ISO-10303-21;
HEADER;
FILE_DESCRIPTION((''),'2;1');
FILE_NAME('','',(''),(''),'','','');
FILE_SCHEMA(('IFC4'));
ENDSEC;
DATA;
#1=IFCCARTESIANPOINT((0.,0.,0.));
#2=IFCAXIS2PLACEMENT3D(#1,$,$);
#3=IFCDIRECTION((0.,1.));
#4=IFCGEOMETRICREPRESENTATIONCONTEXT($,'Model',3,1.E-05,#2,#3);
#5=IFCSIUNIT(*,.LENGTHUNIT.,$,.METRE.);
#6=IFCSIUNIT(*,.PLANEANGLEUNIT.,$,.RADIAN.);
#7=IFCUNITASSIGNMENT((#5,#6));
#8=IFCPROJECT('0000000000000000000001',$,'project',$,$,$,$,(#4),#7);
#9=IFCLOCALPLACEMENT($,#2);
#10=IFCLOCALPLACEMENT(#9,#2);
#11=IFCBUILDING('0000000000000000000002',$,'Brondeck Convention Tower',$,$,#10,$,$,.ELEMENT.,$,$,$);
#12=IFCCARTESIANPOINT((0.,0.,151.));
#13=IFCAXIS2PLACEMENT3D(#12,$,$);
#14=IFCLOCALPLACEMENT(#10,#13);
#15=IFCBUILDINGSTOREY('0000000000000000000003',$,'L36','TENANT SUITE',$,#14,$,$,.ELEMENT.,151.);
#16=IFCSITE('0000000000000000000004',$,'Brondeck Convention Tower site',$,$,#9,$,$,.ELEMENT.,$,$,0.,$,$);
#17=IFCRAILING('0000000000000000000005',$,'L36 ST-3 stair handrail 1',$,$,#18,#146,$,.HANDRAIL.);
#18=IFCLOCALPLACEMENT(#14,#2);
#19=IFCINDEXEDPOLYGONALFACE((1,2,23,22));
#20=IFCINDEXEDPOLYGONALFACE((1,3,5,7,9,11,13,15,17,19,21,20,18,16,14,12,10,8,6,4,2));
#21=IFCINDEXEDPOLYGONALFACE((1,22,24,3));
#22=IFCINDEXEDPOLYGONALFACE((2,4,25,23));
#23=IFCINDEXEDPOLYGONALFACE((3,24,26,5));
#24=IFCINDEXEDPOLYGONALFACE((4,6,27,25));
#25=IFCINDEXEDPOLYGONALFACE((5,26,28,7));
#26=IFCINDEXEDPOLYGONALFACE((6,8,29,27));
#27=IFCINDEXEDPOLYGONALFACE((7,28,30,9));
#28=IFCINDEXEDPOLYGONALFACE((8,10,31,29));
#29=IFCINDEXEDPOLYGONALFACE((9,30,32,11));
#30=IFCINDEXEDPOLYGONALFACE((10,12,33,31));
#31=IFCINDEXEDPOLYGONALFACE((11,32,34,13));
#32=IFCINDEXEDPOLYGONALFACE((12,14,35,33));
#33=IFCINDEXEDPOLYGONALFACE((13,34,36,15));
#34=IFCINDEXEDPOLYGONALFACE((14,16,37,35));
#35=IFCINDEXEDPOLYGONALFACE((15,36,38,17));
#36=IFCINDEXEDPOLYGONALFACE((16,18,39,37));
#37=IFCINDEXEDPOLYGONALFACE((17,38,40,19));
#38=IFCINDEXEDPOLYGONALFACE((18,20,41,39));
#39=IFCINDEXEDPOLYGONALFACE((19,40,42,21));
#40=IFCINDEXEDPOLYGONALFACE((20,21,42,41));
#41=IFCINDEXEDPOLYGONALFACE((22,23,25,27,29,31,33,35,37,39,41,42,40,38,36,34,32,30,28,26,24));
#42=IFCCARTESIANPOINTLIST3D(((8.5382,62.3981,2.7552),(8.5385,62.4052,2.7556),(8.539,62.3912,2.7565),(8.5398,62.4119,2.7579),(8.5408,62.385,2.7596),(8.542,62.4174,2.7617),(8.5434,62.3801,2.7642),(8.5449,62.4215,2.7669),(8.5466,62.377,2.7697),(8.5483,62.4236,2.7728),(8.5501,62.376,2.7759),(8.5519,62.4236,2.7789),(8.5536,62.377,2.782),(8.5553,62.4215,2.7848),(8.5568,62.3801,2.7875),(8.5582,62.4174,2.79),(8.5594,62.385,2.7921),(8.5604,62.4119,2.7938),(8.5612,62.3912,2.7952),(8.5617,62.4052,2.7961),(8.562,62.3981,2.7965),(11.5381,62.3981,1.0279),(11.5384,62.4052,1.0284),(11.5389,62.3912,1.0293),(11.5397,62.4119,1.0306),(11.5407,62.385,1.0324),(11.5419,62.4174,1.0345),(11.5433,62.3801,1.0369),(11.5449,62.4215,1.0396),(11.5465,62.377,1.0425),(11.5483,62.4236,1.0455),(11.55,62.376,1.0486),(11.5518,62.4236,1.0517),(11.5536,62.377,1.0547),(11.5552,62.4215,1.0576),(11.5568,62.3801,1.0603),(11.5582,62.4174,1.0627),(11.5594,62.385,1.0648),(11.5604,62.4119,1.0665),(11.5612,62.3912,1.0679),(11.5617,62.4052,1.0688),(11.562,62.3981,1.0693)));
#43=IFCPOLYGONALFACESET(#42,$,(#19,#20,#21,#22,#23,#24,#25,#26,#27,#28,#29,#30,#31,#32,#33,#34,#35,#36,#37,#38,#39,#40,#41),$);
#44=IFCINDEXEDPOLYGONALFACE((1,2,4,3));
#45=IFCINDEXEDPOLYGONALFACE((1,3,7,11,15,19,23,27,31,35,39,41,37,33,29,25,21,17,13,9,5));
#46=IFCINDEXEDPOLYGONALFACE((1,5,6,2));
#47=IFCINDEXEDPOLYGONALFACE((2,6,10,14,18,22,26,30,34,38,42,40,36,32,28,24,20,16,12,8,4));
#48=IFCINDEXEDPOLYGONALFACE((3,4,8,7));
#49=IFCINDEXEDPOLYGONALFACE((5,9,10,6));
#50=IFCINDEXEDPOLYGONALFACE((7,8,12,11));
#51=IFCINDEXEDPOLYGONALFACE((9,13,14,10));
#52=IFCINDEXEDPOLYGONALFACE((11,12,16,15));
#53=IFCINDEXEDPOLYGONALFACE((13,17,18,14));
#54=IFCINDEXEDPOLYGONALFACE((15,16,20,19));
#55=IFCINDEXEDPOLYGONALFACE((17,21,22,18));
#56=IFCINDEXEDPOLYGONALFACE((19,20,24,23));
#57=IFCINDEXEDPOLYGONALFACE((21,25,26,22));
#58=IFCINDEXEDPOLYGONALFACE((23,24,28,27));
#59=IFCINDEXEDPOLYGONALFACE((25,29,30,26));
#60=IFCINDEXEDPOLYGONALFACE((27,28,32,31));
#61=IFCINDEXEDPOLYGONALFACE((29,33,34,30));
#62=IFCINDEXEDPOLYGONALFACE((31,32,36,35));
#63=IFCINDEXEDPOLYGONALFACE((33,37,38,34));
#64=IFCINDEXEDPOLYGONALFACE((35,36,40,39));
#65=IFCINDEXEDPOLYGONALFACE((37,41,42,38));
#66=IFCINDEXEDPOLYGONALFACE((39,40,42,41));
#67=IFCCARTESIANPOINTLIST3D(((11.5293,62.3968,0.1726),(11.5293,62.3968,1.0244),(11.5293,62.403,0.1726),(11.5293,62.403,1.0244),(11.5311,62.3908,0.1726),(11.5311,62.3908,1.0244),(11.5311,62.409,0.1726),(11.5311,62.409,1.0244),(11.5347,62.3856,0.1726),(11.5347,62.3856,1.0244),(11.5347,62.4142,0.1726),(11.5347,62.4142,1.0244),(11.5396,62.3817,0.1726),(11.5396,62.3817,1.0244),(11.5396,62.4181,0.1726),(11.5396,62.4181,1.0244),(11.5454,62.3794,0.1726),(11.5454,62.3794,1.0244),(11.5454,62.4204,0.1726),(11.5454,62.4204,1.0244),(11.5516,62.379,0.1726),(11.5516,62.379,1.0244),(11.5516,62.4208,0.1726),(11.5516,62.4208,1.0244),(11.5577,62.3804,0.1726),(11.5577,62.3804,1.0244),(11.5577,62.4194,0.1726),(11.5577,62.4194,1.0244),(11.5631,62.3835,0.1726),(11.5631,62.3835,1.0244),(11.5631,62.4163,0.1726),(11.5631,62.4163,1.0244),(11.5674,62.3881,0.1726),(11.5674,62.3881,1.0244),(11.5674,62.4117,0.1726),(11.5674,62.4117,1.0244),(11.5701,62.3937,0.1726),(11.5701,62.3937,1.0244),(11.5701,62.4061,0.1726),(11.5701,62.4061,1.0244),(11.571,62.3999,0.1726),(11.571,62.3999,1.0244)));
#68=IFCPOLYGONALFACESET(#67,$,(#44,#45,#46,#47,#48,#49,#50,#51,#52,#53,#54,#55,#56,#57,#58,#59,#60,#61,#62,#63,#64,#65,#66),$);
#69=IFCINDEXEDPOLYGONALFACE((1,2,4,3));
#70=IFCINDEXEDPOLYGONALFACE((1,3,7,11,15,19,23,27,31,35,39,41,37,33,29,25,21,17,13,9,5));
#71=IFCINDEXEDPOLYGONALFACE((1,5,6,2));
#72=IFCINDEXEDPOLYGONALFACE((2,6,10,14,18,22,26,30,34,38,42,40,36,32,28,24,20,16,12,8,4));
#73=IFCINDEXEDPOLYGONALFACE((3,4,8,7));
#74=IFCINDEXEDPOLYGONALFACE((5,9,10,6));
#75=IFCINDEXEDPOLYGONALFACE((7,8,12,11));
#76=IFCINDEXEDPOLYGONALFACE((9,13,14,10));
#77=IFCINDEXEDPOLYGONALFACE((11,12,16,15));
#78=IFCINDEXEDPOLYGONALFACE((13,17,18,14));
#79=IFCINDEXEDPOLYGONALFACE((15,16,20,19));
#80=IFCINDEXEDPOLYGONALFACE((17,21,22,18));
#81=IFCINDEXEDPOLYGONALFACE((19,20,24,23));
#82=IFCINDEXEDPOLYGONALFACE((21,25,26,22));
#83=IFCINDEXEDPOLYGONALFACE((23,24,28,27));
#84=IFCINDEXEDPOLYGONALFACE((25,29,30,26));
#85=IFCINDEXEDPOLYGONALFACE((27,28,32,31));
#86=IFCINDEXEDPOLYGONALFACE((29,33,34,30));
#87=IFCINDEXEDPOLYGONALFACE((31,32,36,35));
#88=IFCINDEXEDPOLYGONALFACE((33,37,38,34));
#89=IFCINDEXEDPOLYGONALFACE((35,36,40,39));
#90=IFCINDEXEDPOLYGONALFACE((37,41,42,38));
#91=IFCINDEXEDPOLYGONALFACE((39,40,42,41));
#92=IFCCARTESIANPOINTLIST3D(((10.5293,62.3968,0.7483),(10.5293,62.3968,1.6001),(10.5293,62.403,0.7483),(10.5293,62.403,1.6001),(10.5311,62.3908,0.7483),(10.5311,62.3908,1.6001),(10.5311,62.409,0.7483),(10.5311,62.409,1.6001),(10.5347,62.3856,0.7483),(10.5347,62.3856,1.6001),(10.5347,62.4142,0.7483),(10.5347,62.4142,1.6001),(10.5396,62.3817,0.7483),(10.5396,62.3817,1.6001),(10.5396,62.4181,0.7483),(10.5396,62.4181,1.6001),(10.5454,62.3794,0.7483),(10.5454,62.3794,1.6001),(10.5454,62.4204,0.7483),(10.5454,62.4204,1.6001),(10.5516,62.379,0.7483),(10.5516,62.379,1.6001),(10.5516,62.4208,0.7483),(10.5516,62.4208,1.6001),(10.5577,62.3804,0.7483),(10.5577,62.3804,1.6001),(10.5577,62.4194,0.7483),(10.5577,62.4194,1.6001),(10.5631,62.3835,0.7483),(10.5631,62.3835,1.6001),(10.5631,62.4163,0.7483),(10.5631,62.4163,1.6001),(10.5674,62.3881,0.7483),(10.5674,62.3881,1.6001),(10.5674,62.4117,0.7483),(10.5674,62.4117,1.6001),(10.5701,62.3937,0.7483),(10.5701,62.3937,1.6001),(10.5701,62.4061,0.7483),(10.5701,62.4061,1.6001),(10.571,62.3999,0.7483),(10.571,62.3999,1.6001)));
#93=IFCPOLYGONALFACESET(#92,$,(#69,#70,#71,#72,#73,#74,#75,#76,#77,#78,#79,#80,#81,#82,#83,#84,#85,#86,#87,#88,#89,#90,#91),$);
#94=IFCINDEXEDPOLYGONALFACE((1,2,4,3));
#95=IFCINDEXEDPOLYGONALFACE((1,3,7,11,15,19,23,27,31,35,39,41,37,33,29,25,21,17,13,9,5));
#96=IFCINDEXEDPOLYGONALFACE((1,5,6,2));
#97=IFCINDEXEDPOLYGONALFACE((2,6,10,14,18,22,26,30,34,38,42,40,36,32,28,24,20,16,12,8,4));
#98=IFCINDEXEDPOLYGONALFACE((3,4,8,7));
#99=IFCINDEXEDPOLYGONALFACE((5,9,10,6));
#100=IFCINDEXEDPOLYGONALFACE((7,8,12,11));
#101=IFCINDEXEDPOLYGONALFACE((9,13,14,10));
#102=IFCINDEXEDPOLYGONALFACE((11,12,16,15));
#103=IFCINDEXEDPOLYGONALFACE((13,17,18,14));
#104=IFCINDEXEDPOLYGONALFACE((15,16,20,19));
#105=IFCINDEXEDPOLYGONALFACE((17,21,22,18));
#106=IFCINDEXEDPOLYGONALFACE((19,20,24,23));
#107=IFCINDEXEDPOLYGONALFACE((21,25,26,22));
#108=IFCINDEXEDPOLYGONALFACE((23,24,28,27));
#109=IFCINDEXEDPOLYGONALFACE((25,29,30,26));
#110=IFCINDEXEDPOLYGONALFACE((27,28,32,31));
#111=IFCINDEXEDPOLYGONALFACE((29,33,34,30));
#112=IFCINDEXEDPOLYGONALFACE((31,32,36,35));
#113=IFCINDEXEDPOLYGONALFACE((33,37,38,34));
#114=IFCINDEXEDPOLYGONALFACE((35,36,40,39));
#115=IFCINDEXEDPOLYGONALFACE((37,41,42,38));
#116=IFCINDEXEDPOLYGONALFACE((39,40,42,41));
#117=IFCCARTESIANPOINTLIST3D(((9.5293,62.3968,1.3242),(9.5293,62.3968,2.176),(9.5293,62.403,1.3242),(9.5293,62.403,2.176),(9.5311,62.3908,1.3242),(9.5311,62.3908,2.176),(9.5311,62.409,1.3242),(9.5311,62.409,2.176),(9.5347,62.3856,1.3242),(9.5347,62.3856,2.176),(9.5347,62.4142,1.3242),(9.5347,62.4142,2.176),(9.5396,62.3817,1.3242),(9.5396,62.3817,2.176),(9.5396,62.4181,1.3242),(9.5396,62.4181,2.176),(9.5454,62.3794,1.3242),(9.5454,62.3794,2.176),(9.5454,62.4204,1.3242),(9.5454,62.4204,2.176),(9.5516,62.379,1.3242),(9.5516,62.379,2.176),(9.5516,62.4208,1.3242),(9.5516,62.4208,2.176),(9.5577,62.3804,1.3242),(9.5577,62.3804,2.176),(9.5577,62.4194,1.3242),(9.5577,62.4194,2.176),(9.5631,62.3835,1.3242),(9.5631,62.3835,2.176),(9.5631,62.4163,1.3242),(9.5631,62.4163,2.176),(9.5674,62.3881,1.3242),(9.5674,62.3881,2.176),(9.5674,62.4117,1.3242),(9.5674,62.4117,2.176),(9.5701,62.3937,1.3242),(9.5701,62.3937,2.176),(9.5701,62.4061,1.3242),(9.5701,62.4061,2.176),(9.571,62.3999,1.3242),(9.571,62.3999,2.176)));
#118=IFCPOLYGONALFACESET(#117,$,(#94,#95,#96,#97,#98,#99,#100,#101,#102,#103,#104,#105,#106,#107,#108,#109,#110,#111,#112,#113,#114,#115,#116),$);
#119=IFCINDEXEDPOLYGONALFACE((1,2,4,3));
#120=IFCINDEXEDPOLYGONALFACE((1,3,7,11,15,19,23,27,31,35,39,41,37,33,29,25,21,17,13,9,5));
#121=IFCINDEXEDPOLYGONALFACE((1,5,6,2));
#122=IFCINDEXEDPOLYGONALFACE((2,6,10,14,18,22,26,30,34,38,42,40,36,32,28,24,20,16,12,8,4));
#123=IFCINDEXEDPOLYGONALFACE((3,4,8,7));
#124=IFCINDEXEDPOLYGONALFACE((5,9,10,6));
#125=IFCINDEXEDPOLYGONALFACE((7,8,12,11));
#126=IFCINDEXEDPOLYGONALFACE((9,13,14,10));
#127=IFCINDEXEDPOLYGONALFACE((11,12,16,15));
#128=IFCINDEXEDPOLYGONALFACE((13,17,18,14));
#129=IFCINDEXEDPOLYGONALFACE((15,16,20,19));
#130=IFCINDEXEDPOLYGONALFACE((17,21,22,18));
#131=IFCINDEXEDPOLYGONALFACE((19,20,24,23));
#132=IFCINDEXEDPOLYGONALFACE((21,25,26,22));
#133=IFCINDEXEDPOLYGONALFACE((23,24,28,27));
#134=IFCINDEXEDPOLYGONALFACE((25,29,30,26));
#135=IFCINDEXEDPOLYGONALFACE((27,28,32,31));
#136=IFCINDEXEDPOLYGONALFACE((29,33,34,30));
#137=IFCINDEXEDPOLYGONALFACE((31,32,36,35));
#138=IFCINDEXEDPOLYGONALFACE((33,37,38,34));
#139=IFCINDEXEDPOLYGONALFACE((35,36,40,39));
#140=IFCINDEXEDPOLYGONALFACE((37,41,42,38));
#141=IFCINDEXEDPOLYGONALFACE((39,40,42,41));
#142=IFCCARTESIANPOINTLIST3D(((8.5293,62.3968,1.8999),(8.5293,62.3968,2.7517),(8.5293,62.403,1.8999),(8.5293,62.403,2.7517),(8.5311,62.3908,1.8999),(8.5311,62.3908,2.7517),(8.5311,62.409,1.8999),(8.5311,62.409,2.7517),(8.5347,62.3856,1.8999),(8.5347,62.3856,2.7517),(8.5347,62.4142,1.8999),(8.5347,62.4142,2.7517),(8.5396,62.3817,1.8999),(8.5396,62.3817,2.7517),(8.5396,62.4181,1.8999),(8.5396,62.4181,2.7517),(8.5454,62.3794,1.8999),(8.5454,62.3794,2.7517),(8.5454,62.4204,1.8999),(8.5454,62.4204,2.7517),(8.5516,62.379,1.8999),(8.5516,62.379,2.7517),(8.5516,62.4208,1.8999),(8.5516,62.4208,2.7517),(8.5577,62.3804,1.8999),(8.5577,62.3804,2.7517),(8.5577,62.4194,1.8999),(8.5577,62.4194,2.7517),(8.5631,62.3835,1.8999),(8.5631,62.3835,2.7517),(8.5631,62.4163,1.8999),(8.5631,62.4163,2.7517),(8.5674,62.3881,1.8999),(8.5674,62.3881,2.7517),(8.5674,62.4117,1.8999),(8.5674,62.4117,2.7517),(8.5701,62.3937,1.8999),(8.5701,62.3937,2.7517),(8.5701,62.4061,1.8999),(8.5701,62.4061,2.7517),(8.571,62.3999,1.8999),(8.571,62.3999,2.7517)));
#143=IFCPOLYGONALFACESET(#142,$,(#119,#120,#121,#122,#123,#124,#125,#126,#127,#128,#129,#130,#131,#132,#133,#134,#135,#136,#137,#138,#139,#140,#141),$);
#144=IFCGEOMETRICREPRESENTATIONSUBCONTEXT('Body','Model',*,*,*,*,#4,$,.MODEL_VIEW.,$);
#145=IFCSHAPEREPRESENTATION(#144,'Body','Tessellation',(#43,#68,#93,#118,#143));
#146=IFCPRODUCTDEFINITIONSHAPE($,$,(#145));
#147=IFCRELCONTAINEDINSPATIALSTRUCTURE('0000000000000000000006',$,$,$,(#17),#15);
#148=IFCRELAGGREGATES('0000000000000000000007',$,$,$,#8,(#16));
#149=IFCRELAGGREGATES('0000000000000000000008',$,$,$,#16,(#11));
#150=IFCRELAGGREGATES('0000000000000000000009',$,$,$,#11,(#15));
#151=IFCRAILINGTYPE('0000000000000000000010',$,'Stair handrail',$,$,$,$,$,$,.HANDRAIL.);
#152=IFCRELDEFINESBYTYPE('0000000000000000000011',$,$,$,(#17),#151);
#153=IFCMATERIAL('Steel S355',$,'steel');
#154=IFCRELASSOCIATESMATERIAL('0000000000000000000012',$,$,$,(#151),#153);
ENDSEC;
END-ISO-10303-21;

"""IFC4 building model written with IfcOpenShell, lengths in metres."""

from ifc_helpers import new_model, si_unit, direction, frame, origin, origin_2d, place, context, subcontext, project, spatial, circle, extrude, material, type_object, element, save


model = new_model("IFC4")

# Units and contexts
model_context = context("Model", 3, precision=1e-05, world=origin(), true_north=direction((0.0, 1.0)))
body_context = subcontext(model_context, "Body", "Model", "MODEL_VIEW")
ifc_project = project(units=[si_unit("LENGTHUNIT", "METRE"), si_unit("PLANEANGLEUNIT", "RADIAN")], contexts=[model_context])

# Site, building, storey
site_placement = place(None, origin())
site = spatial("IfcSite", under=ifc_project, at=site_placement, Name="Brondeck Convention Tower site", CompositionType="ELEMENT", RefElevation=0.0)
building_placement = place(site_placement, origin())
building = spatial("IfcBuilding", under=site, at=building_placement, Name="Brondeck Convention Tower", CompositionType="ELEMENT")
storey_placement = place(building_placement, frame((0.0, 0.0, 151.0)))
storey = spatial("IfcBuildingStorey", under=building, at=storey_placement, Name="L36", Description="TENANT SUITE", CompositionType="ELEMENT", Elevation=151.0)

# Railing
ifc_material_1 = material(Name="Steel S355", Category="steel")
railing_type_1 = type_object("IfcRailingType", Name="Stair handrail", PredefinedType="HANDRAIL", material=ifc_material_1)
railing_1_placement = place(storey_placement, frame((11.55, 62.3999, 0.1726)))
element("IfcRailing", 1, at=railing_1_placement, inside=storey, type_object=railing_type_1, Name="L36 ST-3 stair handrail 1", PredefinedType="HANDRAIL", context=body_context, shape_type="SweptSolid", body=[
    extrude(circle(Radius=0.0239, at=origin_2d()), frame((0.0, 0.0, 0.876), z_axis=(-0.86662, 0.0, 0.498969), x_axis=(0.0, -1.0, 0.0)), (0.0, 0.0, 1.0), 3.4617),
    extrude(circle(Radius=0.021, at=origin_2d()), origin(), (0.0, 0.0, 1.0), 0.8518),
    extrude(circle(Radius=0.021, at=origin_2d()), frame((-1.0, 0.0, 0.5757)), (0.0, 0.0, 1.0), 0.8518),
    extrude(circle(Radius=0.021, at=origin_2d()), frame((-2.0, 0.0, 1.1516)), (0.0, 0.0, 1.0), 0.8518),
    extrude(circle(Radius=0.021, at=origin_2d()), frame((-3.0, 0.0, 1.7273)), (0.0, 0.0, 1.0), 0.8518),
])

save(model, "model.ifc")
